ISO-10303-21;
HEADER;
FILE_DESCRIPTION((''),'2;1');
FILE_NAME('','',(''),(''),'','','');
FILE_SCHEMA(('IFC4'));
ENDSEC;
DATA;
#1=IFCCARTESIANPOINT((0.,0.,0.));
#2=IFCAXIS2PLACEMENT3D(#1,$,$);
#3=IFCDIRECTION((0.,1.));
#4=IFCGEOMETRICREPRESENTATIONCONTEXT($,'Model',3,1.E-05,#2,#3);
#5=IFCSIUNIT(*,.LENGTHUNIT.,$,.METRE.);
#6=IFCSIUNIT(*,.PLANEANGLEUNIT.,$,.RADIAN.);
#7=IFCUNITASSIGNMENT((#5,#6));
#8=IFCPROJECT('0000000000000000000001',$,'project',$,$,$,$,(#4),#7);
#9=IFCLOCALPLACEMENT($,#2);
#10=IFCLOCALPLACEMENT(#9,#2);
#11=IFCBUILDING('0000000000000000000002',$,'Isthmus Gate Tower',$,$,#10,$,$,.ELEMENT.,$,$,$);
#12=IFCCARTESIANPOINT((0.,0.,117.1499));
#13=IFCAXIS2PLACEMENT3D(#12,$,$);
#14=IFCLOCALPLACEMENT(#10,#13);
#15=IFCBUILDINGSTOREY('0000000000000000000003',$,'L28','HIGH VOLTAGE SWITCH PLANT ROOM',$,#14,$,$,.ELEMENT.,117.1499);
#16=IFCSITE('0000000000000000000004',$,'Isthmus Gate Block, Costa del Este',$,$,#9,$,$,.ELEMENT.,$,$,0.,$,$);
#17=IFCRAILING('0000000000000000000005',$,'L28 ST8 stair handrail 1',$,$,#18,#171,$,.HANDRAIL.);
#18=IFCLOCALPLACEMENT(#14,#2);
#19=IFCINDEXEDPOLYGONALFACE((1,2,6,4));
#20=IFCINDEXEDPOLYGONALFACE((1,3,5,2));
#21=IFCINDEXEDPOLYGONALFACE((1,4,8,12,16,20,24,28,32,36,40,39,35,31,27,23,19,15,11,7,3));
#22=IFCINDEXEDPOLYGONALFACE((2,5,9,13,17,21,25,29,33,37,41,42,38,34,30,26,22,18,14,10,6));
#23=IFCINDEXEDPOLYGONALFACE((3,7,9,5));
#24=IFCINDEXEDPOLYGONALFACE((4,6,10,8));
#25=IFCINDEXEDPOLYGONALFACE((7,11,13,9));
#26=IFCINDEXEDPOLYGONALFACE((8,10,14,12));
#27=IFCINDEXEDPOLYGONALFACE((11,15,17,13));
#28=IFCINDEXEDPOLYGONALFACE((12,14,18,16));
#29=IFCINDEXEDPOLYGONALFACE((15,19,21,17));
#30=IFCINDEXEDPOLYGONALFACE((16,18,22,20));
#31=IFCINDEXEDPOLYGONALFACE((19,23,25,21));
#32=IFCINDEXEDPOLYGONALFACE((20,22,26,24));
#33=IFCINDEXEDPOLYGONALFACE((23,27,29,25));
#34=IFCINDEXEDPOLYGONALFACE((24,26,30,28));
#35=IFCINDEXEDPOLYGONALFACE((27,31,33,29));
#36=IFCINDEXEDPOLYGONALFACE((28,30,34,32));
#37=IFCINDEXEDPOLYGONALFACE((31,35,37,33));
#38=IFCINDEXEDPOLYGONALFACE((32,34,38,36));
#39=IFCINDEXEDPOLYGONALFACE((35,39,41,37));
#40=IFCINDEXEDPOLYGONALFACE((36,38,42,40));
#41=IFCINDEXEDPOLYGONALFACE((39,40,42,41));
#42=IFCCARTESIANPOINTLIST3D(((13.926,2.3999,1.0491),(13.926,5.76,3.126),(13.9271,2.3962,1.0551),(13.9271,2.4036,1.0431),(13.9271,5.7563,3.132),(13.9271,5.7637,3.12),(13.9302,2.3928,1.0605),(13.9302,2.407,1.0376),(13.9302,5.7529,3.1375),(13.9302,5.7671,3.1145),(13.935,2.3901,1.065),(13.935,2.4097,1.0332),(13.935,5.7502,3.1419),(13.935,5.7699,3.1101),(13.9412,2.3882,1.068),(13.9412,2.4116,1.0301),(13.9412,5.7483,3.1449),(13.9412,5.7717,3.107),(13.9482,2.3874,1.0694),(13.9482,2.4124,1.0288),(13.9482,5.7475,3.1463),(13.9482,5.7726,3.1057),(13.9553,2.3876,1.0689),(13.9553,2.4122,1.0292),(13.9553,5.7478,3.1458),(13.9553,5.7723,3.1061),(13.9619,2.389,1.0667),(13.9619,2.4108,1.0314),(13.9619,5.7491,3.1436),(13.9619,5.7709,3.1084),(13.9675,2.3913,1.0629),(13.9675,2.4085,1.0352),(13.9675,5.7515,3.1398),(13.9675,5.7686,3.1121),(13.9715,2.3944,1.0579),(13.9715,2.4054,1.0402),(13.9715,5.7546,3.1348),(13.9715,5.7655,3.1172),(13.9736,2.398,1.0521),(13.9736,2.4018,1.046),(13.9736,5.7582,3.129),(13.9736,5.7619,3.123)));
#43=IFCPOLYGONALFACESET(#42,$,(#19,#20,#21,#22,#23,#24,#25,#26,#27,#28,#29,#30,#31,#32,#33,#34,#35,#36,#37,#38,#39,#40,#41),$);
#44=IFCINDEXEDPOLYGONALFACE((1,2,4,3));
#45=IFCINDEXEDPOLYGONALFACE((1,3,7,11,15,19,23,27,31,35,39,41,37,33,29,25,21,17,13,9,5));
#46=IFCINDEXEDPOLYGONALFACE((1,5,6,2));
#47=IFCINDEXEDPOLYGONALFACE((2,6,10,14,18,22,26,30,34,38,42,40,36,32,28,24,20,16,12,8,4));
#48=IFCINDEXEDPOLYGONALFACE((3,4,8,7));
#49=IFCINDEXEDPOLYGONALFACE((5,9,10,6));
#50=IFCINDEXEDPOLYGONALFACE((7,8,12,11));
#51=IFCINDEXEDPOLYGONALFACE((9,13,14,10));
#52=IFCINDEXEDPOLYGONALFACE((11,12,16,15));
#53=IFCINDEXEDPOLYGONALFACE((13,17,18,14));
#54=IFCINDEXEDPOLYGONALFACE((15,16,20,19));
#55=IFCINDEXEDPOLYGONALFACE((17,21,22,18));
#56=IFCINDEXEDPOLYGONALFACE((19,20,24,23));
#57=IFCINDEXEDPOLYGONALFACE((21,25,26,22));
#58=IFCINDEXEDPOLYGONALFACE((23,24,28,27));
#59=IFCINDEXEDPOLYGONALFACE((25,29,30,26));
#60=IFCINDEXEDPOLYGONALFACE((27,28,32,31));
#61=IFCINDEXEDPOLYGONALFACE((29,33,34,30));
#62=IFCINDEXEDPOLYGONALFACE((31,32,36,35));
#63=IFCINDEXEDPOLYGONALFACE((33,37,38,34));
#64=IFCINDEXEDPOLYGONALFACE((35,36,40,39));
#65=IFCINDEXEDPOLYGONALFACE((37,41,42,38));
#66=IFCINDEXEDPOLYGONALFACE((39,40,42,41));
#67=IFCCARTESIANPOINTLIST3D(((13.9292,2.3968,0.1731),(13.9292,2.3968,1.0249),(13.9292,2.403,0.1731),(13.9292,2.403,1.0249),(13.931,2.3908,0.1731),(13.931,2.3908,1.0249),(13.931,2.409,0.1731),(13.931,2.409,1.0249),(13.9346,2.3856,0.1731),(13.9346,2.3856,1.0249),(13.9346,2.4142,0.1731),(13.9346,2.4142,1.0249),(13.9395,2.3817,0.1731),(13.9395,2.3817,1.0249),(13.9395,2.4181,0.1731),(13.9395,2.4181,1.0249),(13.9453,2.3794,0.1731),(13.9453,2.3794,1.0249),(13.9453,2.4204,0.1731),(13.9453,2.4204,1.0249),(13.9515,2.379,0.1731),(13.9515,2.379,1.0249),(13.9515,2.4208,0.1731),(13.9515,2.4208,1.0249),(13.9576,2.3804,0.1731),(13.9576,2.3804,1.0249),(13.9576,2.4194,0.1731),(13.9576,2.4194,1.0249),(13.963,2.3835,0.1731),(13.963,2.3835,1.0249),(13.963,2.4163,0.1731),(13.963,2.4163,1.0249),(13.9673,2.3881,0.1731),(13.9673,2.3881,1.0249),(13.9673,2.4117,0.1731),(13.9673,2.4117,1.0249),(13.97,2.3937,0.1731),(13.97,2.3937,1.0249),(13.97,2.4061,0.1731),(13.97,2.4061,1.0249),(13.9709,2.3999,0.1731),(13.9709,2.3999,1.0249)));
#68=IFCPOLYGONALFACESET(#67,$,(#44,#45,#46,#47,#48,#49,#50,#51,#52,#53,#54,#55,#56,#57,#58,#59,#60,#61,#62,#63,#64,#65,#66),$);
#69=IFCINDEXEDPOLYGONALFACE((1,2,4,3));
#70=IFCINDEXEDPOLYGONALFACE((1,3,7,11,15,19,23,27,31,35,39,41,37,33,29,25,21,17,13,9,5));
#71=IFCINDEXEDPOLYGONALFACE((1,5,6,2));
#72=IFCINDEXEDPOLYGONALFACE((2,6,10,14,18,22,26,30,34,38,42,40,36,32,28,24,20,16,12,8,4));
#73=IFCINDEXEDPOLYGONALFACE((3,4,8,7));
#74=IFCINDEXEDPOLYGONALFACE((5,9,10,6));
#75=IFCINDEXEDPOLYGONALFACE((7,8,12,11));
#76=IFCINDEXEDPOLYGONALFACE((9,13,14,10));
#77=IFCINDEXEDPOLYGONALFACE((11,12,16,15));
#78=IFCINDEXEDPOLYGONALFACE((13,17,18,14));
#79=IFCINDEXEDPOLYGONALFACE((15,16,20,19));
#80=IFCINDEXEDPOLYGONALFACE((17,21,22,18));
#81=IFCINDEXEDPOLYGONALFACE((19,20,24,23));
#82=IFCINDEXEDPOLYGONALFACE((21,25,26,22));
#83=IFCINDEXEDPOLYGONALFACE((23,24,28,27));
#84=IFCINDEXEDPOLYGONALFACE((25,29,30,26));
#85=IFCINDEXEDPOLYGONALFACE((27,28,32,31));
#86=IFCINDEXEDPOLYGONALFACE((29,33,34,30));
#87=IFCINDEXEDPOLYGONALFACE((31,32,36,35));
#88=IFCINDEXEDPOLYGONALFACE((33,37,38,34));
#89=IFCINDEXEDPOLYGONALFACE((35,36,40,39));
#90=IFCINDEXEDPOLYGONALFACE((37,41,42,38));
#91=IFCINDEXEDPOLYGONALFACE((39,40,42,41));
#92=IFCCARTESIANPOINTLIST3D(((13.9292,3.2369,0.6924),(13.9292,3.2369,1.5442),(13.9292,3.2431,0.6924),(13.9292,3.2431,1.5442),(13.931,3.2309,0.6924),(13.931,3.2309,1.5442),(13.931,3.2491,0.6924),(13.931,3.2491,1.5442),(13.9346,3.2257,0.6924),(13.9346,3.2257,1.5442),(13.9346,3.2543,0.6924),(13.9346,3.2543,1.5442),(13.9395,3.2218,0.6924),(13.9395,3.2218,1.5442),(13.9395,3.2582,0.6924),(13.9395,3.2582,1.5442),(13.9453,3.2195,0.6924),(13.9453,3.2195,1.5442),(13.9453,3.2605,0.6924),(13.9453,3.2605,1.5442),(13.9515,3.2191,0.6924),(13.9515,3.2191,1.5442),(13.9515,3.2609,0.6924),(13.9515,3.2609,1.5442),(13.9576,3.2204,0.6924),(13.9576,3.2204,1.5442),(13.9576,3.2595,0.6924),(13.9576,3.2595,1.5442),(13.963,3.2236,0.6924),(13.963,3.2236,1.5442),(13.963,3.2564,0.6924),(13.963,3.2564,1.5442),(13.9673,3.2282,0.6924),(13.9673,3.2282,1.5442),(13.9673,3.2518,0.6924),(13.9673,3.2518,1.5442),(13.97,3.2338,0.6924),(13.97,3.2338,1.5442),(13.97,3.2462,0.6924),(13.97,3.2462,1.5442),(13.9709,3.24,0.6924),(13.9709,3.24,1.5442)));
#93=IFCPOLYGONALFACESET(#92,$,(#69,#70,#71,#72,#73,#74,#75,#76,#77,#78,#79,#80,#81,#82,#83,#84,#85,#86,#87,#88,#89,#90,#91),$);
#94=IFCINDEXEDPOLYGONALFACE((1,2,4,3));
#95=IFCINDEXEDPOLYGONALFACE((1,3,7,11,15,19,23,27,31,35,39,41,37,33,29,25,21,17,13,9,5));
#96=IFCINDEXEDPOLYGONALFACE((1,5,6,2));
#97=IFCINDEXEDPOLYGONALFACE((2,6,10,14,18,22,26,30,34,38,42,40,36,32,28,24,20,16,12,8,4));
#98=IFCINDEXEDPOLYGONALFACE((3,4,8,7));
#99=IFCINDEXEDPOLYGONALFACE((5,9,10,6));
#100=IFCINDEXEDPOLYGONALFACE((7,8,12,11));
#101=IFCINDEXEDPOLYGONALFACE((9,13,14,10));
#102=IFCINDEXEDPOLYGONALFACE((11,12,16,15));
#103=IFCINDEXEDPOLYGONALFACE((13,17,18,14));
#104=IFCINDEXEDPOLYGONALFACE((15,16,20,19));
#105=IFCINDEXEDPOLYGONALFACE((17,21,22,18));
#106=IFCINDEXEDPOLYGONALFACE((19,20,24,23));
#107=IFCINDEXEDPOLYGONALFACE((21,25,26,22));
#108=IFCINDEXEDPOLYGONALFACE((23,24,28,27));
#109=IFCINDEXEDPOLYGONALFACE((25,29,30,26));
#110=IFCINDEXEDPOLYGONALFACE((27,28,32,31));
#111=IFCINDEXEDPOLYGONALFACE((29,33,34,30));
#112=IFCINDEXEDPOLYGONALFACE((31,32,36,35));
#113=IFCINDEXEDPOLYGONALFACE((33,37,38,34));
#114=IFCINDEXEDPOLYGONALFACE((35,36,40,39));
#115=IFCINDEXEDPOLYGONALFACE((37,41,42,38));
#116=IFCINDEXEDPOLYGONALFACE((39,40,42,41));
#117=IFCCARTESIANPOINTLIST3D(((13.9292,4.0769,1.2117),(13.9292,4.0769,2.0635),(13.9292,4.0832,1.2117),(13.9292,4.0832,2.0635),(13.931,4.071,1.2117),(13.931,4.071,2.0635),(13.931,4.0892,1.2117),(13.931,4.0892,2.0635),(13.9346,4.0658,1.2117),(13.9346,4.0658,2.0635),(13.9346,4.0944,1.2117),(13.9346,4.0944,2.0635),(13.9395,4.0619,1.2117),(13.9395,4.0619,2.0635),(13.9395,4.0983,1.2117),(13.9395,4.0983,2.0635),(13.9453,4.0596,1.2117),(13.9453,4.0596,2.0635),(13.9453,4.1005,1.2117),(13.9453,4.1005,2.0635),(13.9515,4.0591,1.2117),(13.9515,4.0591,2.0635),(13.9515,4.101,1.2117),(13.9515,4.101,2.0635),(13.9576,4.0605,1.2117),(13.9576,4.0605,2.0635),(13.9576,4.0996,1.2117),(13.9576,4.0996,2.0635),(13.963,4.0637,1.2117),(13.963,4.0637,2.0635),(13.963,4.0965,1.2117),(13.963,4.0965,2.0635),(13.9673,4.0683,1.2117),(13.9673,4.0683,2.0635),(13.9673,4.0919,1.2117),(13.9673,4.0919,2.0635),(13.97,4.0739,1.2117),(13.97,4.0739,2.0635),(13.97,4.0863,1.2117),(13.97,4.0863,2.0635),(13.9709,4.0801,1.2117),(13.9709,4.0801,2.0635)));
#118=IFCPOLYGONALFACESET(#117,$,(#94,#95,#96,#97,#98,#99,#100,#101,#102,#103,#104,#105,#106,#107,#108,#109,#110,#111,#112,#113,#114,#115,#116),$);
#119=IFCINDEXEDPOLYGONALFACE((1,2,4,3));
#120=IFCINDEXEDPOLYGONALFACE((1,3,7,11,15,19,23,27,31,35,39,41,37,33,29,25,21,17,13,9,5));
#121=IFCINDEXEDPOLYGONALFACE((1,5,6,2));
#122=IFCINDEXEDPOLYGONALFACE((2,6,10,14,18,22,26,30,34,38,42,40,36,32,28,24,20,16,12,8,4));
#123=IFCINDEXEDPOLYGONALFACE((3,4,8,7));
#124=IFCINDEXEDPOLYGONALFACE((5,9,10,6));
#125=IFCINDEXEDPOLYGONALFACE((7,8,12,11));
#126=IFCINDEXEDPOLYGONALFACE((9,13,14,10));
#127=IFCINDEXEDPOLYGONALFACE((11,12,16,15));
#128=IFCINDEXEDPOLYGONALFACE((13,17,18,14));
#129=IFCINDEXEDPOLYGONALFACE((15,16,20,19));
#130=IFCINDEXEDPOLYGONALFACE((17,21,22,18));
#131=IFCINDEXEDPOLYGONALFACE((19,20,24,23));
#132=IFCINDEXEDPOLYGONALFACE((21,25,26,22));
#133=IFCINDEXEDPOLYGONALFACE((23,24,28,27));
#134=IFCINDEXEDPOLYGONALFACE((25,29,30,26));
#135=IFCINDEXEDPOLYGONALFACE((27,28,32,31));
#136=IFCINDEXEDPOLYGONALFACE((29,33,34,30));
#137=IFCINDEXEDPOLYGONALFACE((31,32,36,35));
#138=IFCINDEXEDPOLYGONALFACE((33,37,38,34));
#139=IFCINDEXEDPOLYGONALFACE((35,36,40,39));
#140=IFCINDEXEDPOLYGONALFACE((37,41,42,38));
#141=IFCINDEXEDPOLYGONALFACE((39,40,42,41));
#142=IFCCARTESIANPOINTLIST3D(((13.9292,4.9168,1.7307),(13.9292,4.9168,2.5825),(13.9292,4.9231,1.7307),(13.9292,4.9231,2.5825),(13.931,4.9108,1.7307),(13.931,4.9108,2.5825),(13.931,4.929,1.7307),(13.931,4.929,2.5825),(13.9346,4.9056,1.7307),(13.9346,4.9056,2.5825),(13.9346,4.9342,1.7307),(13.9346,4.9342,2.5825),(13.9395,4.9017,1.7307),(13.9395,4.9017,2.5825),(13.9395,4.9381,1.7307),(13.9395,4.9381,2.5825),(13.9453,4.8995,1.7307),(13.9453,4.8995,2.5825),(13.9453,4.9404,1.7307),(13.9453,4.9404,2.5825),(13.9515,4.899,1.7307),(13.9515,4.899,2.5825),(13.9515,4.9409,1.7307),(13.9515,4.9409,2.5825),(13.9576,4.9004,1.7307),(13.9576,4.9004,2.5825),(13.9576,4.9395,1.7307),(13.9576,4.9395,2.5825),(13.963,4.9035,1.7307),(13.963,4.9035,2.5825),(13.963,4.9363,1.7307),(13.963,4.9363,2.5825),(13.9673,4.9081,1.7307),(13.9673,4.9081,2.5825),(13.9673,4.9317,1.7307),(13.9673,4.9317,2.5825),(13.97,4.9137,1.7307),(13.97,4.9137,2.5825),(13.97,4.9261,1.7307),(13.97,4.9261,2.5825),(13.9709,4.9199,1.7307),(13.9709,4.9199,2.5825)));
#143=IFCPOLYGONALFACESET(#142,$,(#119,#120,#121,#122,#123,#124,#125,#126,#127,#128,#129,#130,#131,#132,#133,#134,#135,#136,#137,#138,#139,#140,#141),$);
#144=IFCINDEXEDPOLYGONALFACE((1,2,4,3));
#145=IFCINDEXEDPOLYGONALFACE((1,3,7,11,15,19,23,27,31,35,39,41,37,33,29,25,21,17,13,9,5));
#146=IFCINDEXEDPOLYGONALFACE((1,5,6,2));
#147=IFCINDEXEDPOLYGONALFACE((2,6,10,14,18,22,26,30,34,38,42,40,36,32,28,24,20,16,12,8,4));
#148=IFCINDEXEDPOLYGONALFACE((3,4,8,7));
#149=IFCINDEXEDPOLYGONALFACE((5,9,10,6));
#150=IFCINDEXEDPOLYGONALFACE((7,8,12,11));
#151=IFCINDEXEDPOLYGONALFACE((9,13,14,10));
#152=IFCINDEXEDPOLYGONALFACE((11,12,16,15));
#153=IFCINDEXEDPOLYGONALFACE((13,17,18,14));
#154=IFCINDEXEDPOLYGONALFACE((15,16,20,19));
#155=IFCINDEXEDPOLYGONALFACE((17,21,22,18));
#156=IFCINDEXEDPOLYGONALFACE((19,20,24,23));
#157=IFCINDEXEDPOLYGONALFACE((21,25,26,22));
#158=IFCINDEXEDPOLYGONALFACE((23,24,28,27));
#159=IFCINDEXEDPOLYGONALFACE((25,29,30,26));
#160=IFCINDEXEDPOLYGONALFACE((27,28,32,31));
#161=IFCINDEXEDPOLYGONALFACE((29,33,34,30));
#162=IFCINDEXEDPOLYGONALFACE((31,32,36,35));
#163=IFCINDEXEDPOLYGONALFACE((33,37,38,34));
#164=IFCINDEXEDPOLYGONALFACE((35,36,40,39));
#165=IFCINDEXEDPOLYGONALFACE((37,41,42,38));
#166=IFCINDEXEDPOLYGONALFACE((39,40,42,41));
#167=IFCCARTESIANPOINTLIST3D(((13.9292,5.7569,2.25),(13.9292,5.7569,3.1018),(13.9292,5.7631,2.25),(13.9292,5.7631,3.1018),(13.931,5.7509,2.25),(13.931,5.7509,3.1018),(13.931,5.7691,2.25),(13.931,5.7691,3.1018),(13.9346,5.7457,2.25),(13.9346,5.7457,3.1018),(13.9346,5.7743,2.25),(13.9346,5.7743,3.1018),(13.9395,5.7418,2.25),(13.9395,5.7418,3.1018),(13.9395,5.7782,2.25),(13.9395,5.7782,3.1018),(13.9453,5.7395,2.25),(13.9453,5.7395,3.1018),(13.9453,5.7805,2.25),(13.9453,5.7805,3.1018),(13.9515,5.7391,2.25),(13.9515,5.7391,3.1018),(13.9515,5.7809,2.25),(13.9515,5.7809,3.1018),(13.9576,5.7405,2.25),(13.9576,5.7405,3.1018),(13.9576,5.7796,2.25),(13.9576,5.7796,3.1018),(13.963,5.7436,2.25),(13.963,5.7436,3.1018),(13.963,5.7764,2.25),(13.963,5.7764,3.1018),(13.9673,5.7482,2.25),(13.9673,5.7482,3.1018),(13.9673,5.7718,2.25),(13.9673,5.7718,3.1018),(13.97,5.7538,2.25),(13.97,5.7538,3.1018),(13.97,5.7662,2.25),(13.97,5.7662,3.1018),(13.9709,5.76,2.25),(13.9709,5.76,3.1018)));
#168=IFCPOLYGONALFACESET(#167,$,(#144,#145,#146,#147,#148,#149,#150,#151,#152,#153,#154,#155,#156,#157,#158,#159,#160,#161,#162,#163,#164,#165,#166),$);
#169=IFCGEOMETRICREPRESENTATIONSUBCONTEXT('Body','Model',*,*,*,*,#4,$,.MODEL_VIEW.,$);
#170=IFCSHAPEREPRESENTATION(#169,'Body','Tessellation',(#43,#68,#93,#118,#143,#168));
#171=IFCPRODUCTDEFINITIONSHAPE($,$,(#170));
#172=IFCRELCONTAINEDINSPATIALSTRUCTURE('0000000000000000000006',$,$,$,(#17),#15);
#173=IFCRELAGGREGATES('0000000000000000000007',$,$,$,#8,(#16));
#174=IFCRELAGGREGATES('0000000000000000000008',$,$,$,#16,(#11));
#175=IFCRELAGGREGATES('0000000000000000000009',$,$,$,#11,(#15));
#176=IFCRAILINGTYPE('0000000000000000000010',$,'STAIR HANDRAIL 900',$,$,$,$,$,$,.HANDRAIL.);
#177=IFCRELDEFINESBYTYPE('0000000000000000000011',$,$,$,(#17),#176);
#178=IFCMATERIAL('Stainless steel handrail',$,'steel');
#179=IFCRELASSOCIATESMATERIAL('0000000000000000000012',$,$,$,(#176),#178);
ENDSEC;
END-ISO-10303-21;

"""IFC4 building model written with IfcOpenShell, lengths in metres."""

from ifc_helpers import new_model, si_unit, direction, frame, origin, origin_2d, place, context, subcontext, project, spatial, circle, extrude, material, type_object, element, save


model = new_model("IFC4")

# Units and contexts
model_context = context("Model", 3, precision=1e-05, world=origin(), true_north=direction((0.0, 1.0)))
body_context = subcontext(model_context, "Body", "Model", "MODEL_VIEW")
ifc_project = project(units=[si_unit("LENGTHUNIT", "METRE"), si_unit("PLANEANGLEUNIT", "RADIAN")], contexts=[model_context])

# Site, building, storey
site_placement = place(None, origin())
site = spatial("IfcSite", under=ifc_project, at=site_placement, Name="Isthmus Gate Block, Costa del Este", CompositionType="ELEMENT", RefElevation=0.0)
building_placement = place(site_placement, origin())
building = spatial("IfcBuilding", under=site, at=building_placement, Name="Isthmus Gate Tower", CompositionType="ELEMENT")
storey_placement = place(building_placement, frame((0.0, 0.0, 117.1499)))
storey = spatial("IfcBuildingStorey", under=building, at=storey_placement, Name="L28", Description="HIGH VOLTAGE SWITCH PLANT ROOM", CompositionType="ELEMENT", Elevation=117.1499)

# Railing
ifc_material_1 = material(Name="Stainless steel handrail", Category="steel")
railing_type_1 = type_object("IfcRailingType", Name="STAIR HANDRAIL 900", PredefinedType="HANDRAIL", material=ifc_material_1)
for number, where, name in (
    (1, (13.95, 2.3999, 0.1731), "L28 ST8 stair handrail 1"),
):
    element("IfcRailing", number, at=place(storey_placement, frame(where)), inside=storey, type_object=railing_type_1, Name=name, PredefinedType="HANDRAIL", context=body_context, shape_type="SweptSolid", body=[
        extrude(circle(Radius=0.0239, at=origin_2d()), frame((0.0, 0.0, 0.876), z_axis=(0.0, 0.850623, 0.525776), x_axis=(-1.0, 0.0, 0.0)), (0.0, 0.0, 1.0), 3.9502),
        extrude(circle(Radius=0.021, at=origin_2d()), origin(), (0.0, 0.0, 1.0), 0.8518),
        extrude(circle(Radius=0.021, at=origin_2d()), frame((0.0, 0.8401, 0.5193)), (0.0, 0.0, 1.0), 0.8518),
        extrude(circle(Radius=0.021, at=origin_2d()), frame((0.0, 1.6802, 1.0386)), (0.0, 0.0, 1.0), 0.8518),
        extrude(circle(Radius=0.021, at=origin_2d()), frame((0.0, 2.52, 1.5576)), (0.0, 0.0, 1.0), 0.8518),
        extrude(circle(Radius=0.021, at=origin_2d()), frame((0.0, 3.3601, 2.0769)), (0.0, 0.0, 1.0), 0.8518),
    ])

save(model, "model.ifc")
